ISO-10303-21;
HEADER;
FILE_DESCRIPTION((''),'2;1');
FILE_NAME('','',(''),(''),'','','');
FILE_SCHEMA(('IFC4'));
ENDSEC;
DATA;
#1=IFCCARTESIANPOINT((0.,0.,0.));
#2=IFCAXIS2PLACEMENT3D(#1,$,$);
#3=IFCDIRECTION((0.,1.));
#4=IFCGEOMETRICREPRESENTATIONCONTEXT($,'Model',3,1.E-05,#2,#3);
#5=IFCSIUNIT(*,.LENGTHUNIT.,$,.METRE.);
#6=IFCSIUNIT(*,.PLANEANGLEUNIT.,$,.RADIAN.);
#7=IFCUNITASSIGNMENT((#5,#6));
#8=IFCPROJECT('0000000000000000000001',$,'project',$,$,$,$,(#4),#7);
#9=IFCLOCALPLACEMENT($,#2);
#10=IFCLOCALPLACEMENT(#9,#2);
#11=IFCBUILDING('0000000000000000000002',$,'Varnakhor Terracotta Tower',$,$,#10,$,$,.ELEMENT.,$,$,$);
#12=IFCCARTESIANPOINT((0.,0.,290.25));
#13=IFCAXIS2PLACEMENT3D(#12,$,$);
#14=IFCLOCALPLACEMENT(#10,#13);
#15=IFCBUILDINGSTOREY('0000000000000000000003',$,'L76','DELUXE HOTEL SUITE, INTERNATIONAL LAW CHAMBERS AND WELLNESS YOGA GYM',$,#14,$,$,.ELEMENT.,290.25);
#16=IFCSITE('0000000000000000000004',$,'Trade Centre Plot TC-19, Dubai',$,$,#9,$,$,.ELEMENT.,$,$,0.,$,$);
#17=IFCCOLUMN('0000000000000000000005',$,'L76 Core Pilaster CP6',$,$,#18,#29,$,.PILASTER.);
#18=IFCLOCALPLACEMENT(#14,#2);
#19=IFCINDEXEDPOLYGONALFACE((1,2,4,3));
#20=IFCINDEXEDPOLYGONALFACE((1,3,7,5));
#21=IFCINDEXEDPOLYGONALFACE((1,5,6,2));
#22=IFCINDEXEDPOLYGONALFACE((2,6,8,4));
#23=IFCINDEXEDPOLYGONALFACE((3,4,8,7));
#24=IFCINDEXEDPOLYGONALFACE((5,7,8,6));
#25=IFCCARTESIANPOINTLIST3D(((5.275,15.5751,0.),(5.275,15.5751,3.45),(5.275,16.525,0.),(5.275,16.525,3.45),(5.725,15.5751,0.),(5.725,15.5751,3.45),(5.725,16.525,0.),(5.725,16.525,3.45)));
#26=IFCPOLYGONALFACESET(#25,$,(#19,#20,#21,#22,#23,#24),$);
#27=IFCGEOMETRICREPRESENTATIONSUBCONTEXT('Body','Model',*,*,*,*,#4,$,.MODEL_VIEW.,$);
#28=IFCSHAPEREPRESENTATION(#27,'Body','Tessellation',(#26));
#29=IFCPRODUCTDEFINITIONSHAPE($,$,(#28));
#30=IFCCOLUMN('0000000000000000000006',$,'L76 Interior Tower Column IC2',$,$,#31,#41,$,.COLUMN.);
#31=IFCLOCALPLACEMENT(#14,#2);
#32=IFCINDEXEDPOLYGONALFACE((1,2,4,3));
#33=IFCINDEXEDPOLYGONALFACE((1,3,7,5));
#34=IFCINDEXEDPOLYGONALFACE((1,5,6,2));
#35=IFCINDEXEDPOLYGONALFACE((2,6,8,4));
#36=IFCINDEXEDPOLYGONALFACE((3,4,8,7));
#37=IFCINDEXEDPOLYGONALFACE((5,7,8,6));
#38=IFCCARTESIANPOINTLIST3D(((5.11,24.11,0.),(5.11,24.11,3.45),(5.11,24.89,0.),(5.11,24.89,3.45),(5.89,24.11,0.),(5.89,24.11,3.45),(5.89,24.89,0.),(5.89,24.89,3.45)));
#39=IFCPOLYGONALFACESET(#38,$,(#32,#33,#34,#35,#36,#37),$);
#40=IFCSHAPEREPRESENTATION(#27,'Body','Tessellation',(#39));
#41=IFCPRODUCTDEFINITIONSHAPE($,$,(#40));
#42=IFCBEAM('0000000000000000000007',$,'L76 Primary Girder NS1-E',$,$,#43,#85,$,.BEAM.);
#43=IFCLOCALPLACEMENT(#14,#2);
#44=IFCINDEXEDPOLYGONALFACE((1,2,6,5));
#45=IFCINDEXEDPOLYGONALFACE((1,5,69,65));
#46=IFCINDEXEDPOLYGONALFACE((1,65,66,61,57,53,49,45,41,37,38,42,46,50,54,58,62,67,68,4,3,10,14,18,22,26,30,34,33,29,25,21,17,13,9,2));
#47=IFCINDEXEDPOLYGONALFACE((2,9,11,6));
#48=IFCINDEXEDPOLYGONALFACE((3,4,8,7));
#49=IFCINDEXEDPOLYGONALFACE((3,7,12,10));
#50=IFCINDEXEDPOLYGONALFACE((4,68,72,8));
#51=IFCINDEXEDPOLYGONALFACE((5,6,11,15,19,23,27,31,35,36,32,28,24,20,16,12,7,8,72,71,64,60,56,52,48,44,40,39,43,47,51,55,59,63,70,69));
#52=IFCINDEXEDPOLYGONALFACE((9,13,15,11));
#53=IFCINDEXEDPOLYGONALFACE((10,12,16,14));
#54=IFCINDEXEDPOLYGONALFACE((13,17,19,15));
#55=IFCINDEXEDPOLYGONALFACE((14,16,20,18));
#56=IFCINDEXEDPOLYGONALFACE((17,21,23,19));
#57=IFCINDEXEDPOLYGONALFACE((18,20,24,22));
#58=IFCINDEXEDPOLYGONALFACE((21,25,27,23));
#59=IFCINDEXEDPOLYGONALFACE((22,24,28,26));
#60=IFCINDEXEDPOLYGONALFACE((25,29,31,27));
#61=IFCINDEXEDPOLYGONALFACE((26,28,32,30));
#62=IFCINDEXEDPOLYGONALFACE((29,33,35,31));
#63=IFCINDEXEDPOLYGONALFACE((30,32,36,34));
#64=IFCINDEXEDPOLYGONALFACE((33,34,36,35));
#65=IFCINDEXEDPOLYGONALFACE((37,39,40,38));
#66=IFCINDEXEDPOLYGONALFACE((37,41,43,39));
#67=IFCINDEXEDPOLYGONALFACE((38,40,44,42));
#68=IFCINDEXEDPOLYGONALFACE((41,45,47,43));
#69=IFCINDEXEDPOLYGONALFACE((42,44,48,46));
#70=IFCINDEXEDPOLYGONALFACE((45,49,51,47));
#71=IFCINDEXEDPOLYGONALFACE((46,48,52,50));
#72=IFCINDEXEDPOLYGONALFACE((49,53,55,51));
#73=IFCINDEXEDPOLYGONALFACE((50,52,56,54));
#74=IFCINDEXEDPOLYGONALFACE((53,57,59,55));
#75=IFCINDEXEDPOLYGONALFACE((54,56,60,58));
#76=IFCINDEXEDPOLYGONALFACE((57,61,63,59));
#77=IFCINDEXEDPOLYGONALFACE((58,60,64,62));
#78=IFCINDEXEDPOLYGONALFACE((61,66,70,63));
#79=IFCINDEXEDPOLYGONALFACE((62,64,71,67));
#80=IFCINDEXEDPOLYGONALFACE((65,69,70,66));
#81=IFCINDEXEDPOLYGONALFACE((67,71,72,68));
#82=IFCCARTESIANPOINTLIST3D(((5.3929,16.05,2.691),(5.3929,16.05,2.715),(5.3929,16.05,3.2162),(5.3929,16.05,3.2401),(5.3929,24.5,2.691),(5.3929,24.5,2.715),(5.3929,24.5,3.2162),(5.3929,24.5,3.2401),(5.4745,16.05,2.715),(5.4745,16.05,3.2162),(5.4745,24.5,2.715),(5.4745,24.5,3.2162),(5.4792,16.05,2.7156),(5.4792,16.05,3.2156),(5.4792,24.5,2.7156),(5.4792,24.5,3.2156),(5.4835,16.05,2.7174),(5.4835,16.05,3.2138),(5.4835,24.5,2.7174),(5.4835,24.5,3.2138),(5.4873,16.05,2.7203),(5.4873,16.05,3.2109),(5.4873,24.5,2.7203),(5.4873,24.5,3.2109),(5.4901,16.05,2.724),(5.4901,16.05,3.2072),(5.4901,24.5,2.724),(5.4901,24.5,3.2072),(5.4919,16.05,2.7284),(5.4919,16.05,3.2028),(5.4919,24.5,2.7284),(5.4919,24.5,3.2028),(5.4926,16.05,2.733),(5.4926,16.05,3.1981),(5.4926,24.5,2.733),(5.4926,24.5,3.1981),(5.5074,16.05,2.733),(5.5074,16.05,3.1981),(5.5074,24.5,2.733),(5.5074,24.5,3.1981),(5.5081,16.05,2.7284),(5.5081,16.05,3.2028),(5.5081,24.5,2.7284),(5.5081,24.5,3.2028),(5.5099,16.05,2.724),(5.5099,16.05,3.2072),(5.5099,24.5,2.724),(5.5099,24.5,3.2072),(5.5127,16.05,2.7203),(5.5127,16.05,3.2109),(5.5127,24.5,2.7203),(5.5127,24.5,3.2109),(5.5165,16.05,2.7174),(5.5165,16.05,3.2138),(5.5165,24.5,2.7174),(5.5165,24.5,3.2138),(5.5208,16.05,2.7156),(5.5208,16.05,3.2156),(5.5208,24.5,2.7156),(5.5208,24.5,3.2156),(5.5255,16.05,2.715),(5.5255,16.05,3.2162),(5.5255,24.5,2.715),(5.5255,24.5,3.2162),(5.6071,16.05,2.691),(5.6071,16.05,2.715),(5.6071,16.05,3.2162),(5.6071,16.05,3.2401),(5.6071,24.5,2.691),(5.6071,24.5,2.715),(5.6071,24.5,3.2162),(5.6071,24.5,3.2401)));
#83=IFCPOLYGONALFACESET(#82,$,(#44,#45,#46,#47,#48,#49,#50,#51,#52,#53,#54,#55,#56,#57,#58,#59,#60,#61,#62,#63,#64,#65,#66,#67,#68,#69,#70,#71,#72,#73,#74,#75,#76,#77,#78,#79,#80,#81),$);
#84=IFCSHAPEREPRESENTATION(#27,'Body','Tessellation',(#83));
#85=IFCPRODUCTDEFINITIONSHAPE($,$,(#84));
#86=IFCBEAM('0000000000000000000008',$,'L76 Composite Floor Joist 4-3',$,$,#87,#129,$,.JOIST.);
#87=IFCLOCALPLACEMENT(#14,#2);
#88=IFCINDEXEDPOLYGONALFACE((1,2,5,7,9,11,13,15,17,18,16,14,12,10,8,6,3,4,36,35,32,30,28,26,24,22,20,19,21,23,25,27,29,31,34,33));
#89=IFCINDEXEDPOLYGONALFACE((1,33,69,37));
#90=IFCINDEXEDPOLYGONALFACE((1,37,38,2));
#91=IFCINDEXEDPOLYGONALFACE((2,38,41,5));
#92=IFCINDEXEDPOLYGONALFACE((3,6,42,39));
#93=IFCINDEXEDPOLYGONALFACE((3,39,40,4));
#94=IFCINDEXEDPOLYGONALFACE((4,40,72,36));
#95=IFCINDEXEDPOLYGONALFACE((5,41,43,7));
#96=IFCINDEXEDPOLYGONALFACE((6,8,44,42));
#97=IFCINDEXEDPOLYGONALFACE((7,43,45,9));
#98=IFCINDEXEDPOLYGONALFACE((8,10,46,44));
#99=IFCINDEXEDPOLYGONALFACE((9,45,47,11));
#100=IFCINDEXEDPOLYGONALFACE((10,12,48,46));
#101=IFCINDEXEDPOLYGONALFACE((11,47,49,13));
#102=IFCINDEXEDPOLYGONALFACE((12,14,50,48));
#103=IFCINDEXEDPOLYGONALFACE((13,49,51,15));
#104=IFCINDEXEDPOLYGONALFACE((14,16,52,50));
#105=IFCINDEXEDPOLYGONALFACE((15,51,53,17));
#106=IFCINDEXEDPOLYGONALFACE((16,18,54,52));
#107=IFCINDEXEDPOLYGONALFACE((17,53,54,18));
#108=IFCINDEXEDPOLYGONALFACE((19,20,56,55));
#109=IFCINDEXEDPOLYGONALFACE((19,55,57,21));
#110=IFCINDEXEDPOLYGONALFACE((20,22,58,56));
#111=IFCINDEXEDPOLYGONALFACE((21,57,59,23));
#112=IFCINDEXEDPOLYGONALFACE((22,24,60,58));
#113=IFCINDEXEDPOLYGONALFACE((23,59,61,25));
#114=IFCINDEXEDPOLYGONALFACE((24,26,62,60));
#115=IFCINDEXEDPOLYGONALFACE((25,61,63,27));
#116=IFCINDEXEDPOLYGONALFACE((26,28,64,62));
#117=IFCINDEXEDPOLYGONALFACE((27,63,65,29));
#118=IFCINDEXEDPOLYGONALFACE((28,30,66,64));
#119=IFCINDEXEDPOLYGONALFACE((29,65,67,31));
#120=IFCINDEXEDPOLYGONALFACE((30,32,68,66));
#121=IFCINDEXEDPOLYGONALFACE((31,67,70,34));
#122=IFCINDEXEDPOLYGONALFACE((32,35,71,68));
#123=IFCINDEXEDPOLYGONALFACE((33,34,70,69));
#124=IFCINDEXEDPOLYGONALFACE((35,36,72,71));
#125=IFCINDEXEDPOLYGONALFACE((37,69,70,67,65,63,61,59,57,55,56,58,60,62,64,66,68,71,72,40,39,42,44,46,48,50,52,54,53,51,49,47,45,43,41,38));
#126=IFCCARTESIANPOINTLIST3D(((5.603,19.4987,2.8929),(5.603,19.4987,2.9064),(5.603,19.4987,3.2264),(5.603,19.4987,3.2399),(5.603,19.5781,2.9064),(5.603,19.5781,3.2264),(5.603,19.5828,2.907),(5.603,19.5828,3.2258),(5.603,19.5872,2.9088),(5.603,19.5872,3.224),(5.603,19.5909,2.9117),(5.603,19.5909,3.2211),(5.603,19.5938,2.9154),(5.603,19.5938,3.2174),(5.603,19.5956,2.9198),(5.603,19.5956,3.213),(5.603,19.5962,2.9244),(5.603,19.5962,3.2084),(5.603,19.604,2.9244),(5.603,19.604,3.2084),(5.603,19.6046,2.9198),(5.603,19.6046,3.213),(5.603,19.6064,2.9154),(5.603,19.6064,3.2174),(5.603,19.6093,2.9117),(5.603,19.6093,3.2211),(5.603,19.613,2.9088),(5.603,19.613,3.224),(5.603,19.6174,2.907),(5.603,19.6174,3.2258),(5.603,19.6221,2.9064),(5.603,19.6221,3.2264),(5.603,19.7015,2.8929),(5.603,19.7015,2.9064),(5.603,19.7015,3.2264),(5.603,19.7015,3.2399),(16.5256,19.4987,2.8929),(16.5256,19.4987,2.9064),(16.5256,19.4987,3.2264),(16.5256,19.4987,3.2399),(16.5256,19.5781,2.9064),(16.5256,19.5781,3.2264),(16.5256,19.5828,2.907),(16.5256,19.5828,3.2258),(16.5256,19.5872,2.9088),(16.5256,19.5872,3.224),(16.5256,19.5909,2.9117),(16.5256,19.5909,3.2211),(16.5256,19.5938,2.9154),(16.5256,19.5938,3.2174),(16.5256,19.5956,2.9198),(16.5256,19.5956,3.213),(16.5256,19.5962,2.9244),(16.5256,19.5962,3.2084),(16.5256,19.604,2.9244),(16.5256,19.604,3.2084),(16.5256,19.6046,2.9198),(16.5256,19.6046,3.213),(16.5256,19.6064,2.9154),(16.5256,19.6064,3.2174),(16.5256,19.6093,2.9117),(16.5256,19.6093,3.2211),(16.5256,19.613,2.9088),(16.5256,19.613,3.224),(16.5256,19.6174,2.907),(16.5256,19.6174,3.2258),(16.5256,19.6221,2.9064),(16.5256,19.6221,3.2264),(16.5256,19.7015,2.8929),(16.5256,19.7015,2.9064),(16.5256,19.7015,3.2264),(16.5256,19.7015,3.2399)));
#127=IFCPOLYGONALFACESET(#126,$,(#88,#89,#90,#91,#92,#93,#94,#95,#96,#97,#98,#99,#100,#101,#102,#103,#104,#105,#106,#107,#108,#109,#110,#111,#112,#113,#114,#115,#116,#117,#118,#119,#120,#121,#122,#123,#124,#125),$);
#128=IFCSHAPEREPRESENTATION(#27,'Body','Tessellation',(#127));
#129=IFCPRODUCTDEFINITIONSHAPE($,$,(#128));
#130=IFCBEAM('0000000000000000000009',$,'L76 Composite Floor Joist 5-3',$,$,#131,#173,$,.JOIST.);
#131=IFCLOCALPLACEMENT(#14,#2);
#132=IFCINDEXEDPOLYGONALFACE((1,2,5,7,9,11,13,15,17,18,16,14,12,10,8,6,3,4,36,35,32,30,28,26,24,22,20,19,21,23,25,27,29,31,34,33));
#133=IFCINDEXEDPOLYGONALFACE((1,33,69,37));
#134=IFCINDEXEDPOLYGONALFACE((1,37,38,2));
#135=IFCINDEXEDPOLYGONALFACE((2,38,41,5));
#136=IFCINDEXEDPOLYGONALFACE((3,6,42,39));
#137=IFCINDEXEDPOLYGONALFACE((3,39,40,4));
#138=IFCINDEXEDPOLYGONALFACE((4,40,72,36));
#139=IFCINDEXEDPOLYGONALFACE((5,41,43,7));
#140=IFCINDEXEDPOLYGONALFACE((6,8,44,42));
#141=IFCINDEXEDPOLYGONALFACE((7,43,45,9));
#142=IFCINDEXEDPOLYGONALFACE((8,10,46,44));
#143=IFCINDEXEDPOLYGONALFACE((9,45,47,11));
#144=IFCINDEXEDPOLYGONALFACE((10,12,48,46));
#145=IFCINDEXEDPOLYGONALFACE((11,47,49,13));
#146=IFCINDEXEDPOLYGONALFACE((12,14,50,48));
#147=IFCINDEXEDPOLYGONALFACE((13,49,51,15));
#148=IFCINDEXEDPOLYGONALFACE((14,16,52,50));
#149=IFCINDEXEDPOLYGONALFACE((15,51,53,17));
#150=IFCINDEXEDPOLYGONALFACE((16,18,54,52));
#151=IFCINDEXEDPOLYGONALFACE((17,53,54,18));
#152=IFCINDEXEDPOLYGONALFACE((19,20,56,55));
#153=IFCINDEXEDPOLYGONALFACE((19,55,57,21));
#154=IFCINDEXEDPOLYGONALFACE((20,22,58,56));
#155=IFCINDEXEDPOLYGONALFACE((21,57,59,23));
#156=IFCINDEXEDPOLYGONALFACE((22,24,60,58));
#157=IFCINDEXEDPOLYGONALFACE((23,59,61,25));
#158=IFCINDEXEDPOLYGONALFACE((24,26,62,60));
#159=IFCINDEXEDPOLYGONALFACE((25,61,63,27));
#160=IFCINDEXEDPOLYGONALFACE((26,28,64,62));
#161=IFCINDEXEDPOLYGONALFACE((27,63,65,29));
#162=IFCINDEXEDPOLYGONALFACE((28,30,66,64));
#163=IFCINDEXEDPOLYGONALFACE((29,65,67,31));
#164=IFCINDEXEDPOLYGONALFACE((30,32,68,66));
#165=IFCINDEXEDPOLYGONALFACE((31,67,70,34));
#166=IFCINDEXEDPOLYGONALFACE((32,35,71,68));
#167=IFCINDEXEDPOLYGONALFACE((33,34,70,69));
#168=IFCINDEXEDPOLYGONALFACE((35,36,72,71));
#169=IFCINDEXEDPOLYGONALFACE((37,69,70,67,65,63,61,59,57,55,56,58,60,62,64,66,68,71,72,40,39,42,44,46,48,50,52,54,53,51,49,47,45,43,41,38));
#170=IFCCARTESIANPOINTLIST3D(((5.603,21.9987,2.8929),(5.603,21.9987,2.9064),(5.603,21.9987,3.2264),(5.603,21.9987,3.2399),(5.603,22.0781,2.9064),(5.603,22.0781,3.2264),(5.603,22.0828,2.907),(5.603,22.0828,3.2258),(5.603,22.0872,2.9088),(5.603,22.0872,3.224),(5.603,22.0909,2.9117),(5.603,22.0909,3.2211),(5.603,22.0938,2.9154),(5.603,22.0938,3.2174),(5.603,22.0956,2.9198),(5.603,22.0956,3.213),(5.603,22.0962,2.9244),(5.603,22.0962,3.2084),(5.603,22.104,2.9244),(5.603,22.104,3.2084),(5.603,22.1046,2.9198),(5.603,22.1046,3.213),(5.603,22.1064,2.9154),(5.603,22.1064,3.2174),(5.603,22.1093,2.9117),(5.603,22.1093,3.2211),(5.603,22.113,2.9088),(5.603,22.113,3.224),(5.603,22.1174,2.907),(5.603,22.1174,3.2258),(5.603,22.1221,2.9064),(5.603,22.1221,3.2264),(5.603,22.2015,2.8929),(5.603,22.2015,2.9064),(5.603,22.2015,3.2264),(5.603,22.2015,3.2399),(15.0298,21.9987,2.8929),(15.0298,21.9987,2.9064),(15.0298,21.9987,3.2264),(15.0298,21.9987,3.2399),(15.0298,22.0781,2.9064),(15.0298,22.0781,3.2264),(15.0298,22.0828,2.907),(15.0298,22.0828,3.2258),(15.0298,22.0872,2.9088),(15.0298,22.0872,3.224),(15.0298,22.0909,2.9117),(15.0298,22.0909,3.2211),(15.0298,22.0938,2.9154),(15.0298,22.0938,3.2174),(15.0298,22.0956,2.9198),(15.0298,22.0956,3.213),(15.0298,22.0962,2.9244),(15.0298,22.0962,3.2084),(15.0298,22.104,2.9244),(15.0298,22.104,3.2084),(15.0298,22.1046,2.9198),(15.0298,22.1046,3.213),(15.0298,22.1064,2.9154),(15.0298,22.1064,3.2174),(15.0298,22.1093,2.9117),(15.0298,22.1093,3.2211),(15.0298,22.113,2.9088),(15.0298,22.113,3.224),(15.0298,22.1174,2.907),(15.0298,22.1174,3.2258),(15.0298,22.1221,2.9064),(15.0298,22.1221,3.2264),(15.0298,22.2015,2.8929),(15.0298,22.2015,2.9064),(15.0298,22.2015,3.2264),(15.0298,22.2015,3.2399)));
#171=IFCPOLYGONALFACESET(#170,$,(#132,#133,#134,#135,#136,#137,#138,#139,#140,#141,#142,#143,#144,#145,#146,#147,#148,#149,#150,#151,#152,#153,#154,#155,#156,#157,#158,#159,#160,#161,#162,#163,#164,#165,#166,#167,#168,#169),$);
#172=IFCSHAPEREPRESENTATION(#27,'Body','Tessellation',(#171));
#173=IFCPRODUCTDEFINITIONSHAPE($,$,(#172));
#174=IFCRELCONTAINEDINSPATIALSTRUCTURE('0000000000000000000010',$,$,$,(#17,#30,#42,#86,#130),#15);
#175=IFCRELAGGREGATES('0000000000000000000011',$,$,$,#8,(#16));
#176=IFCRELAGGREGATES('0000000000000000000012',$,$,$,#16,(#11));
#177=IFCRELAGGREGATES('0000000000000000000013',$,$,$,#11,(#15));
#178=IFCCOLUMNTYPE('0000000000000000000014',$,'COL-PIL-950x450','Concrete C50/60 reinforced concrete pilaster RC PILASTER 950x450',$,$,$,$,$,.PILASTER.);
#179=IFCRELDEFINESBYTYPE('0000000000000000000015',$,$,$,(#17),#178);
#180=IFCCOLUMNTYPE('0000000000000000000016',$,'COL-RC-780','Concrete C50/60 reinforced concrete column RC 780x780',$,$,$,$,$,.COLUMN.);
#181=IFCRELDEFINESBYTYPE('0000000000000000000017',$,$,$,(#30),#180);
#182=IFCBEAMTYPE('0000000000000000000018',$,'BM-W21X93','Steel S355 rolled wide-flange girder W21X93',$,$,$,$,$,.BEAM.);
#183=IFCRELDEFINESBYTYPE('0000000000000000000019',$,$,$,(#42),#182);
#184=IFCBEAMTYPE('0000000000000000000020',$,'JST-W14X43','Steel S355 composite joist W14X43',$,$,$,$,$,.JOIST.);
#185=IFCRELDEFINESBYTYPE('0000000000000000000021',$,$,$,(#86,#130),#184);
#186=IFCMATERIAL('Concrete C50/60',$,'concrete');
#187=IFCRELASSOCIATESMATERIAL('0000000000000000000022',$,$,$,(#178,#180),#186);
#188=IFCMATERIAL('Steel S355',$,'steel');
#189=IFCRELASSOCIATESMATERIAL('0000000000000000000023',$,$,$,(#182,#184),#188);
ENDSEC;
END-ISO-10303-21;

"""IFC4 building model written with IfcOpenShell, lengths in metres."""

from ifc_helpers import new_model, si_unit, direction, frame, origin, origin_2d, place, context, subcontext, project, spatial, rectangle, i_section, extrude, source, transform, mapped, material, material_profile, profile_set, type_object, type_shapes, element, save


model = new_model("IFC4")

# Units and contexts
model_context = context("Model", 3, precision=1e-05, world=origin(), true_north=direction((0.0, 1.0)))
body_context = subcontext(model_context, "Body", "Model", "MODEL_VIEW")
ifc_project = project(units=[si_unit("LENGTHUNIT", "METRE"), si_unit("PLANEANGLEUNIT", "RADIAN")], contexts=[model_context])

# Site, building, storey
site_placement = place(None, origin())
site = spatial("IfcSite", under=ifc_project, at=site_placement, Name="Trade Centre Plot TC-19, Dubai", CompositionType="ELEMENT", RefElevation=0.0)
building_placement = place(site_placement, origin())
building = spatial("IfcBuilding", under=site, at=building_placement, Name="Varnakhor Terracotta Tower", CompositionType="ELEMENT")
storey_placement = place(building_placement, frame((0.0, 0.0, 290.25)))
storey = spatial("IfcBuildingStorey", under=building, at=storey_placement, Name="L76", Description="DELUXE HOTEL SUITE, INTERNATIONAL LAW CHAMBERS AND WELLNESS YOGA GYM", CompositionType="ELEMENT", Elevation=290.25)

# Columns
ifc_material_1 = material(Name="Concrete C50/60", Category="concrete")
ifc_material_profile_1 = material_profile(ifc_material_1, rectangle(XDim=0.45, YDim=0.95, at=origin_2d()), Name="RC PILASTER 950x450")
ifc_profile_set_1 = profile_set([ifc_material_profile_1], Name="Concrete C50/60")
column_type_1 = type_object("IfcColumnType", Name="COL-PIL-950x450", Description="Concrete C50/60 reinforced concrete pilaster RC PILASTER 950x450", PredefinedType="PILASTER", material=ifc_profile_set_1)
shared_shape_1 = source(origin(), body_context, "Body", "SweptSolid", [
    extrude(rectangle(XDim=0.45, YDim=0.95, at=origin_2d()), origin(), (0.0, 0.0, 1.0), 3.45),
])
column_1_placement = place(storey_placement, frame((5.5, 16.05, 0.0), z_axis=(0.0, 0.0, 1.0), x_axis=(1.0, 0.0, 0.0)))
element("IfcColumn", 1, at=column_1_placement, inside=storey, type_object=column_type_1, Name="L76 Core Pilaster CP6", PredefinedType="PILASTER", context=body_context, shape_type="MappedRepresentation", body=[
    mapped(shared_shape_1, transform((0.0, 0.0, 0.0), scale=1.0)),
])
ifc_material_profile_2 = material_profile(ifc_material_1, rectangle(XDim=0.78, YDim=0.78, at=origin_2d()), Name="RC 780x780")
ifc_profile_set_2 = profile_set([ifc_material_profile_2], Name="Concrete C50/60")
column_type_2 = type_object("IfcColumnType", Name="COL-RC-780", Description="Concrete C50/60 reinforced concrete column RC 780x780", PredefinedType="COLUMN", material=ifc_profile_set_2)
shared_shape_2 = source(origin(), body_context, "Body", "SweptSolid", [
    extrude(rectangle(XDim=0.78, YDim=0.78, at=origin_2d()), origin(), (0.0, 0.0, 1.0), 3.45),
])
column_2_placement = place(storey_placement, frame((5.5, 24.5, 0.0), z_axis=(0.0, 0.0, 1.0), x_axis=(1.0, 0.0, 0.0)))
element("IfcColumn", 2, at=column_2_placement, inside=storey, type_object=column_type_2, Name="L76 Interior Tower Column IC2", PredefinedType="COLUMN", context=body_context, shape_type="MappedRepresentation", body=[
    mapped(shared_shape_2, transform((0.0, 0.0, 0.0), scale=1.0)),
])

# Beams
ifc_material_2 = material(Name="Steel S355", Category="steel")
ifc_material_profile_3 = material_profile(ifc_material_2, i_section(OverallWidth=0.2141, OverallDepth=0.5491, WebThickness=0.0149, FlangeThickness=0.0239, FilletRadius=0.0181, at=origin_2d()), Name="W21X93")
ifc_profile_set_3 = profile_set([ifc_material_profile_3], Name="Steel S355")
beam_type_1 = type_object("IfcBeamType", Name="BM-W21X93", Description="Steel S355 rolled wide-flange girder W21X93", PredefinedType="BEAM", material=ifc_profile_set_3)
shared_shape_3 = source(origin(), body_context, "Body", "SweptSolid", [
    extrude(i_section(OverallWidth=0.2141, OverallDepth=0.5491, WebThickness=0.0149, FlangeThickness=0.0239, FilletRadius=0.0181, at=origin_2d()), origin(), (0.0, 0.0, 1.0), 8.45),
])
type_shapes(beam_type_1, [shared_shape_3])
beam_1_placement = place(storey_placement, frame((5.5, 16.05, 2.9656), z_axis=(0.0, 1.0, 0.0), x_axis=(-1.0, 0.0, 0.0)))
element("IfcBeam", 3, at=beam_1_placement, inside=storey, type_object=beam_type_1, Name="L76 Primary Girder NS1-E", PredefinedType="BEAM", context=body_context, shape_type="MappedRepresentation", body=[
    mapped(shared_shape_3, transform((0.0, 0.0, 0.0), scale=1.0)),
])
ifc_material_profile_4 = material_profile(ifc_material_2, i_section(OverallWidth=0.2029, OverallDepth=0.3469, WebThickness=0.0078, FlangeThickness=0.0134, FilletRadius=0.0181, at=origin_2d()), Name="W14X43")
ifc_profile_set_4 = profile_set([ifc_material_profile_4], Name="Steel S355")
beam_type_2 = type_object("IfcBeamType", Name="JST-W14X43", Description="Steel S355 composite joist W14X43", PredefinedType="JOIST", material=ifc_profile_set_4)
shared_shape_4 = source(origin(), body_context, "Body", "SweptSolid", [
    extrude(i_section(OverallWidth=0.2029, OverallDepth=0.3469, WebThickness=0.0078, FlangeThickness=0.0134, FilletRadius=0.0181, at=origin_2d()), origin(), (0.0, 0.0, 1.0), 10.9226),
])
beam_2_placement = place(storey_placement, frame((5.603, 19.6001, 3.0664), z_axis=(1.0, 0.0, 0.0), x_axis=(0.0, 1.0, 0.0)))
element("IfcBeam", 4, at=beam_2_placement, inside=storey, type_object=beam_type_2, Name="L76 Composite Floor Joist 4-3", PredefinedType="JOIST", context=body_context, shape_type="MappedRepresentation", body=[
    mapped(shared_shape_4, transform((0.0, 0.0, 0.0), scale=1.0)),
])
shared_shape_5 = source(origin(), body_context, "Body", "SweptSolid", [
    extrude(i_section(OverallWidth=0.2029, OverallDepth=0.3469, WebThickness=0.0078, FlangeThickness=0.0134, FilletRadius=0.0181, at=origin_2d()), origin(), (0.0, 0.0, 1.0), 9.4268),
])
beam_3_placement = place(storey_placement, frame((5.603, 22.1001, 3.0664), z_axis=(1.0, 0.0, 0.0), x_axis=(0.0, 1.0, 0.0)))
element("IfcBeam", 5, at=beam_3_placement, inside=storey, type_object=beam_type_2, Name="L76 Composite Floor Joist 5-3", PredefinedType="JOIST", context=body_context, shape_type="MappedRepresentation", body=[
    mapped(shared_shape_5, transform((0.0, 0.0, 0.0), scale=1.0)),
])

save(model, "model.ifc")
